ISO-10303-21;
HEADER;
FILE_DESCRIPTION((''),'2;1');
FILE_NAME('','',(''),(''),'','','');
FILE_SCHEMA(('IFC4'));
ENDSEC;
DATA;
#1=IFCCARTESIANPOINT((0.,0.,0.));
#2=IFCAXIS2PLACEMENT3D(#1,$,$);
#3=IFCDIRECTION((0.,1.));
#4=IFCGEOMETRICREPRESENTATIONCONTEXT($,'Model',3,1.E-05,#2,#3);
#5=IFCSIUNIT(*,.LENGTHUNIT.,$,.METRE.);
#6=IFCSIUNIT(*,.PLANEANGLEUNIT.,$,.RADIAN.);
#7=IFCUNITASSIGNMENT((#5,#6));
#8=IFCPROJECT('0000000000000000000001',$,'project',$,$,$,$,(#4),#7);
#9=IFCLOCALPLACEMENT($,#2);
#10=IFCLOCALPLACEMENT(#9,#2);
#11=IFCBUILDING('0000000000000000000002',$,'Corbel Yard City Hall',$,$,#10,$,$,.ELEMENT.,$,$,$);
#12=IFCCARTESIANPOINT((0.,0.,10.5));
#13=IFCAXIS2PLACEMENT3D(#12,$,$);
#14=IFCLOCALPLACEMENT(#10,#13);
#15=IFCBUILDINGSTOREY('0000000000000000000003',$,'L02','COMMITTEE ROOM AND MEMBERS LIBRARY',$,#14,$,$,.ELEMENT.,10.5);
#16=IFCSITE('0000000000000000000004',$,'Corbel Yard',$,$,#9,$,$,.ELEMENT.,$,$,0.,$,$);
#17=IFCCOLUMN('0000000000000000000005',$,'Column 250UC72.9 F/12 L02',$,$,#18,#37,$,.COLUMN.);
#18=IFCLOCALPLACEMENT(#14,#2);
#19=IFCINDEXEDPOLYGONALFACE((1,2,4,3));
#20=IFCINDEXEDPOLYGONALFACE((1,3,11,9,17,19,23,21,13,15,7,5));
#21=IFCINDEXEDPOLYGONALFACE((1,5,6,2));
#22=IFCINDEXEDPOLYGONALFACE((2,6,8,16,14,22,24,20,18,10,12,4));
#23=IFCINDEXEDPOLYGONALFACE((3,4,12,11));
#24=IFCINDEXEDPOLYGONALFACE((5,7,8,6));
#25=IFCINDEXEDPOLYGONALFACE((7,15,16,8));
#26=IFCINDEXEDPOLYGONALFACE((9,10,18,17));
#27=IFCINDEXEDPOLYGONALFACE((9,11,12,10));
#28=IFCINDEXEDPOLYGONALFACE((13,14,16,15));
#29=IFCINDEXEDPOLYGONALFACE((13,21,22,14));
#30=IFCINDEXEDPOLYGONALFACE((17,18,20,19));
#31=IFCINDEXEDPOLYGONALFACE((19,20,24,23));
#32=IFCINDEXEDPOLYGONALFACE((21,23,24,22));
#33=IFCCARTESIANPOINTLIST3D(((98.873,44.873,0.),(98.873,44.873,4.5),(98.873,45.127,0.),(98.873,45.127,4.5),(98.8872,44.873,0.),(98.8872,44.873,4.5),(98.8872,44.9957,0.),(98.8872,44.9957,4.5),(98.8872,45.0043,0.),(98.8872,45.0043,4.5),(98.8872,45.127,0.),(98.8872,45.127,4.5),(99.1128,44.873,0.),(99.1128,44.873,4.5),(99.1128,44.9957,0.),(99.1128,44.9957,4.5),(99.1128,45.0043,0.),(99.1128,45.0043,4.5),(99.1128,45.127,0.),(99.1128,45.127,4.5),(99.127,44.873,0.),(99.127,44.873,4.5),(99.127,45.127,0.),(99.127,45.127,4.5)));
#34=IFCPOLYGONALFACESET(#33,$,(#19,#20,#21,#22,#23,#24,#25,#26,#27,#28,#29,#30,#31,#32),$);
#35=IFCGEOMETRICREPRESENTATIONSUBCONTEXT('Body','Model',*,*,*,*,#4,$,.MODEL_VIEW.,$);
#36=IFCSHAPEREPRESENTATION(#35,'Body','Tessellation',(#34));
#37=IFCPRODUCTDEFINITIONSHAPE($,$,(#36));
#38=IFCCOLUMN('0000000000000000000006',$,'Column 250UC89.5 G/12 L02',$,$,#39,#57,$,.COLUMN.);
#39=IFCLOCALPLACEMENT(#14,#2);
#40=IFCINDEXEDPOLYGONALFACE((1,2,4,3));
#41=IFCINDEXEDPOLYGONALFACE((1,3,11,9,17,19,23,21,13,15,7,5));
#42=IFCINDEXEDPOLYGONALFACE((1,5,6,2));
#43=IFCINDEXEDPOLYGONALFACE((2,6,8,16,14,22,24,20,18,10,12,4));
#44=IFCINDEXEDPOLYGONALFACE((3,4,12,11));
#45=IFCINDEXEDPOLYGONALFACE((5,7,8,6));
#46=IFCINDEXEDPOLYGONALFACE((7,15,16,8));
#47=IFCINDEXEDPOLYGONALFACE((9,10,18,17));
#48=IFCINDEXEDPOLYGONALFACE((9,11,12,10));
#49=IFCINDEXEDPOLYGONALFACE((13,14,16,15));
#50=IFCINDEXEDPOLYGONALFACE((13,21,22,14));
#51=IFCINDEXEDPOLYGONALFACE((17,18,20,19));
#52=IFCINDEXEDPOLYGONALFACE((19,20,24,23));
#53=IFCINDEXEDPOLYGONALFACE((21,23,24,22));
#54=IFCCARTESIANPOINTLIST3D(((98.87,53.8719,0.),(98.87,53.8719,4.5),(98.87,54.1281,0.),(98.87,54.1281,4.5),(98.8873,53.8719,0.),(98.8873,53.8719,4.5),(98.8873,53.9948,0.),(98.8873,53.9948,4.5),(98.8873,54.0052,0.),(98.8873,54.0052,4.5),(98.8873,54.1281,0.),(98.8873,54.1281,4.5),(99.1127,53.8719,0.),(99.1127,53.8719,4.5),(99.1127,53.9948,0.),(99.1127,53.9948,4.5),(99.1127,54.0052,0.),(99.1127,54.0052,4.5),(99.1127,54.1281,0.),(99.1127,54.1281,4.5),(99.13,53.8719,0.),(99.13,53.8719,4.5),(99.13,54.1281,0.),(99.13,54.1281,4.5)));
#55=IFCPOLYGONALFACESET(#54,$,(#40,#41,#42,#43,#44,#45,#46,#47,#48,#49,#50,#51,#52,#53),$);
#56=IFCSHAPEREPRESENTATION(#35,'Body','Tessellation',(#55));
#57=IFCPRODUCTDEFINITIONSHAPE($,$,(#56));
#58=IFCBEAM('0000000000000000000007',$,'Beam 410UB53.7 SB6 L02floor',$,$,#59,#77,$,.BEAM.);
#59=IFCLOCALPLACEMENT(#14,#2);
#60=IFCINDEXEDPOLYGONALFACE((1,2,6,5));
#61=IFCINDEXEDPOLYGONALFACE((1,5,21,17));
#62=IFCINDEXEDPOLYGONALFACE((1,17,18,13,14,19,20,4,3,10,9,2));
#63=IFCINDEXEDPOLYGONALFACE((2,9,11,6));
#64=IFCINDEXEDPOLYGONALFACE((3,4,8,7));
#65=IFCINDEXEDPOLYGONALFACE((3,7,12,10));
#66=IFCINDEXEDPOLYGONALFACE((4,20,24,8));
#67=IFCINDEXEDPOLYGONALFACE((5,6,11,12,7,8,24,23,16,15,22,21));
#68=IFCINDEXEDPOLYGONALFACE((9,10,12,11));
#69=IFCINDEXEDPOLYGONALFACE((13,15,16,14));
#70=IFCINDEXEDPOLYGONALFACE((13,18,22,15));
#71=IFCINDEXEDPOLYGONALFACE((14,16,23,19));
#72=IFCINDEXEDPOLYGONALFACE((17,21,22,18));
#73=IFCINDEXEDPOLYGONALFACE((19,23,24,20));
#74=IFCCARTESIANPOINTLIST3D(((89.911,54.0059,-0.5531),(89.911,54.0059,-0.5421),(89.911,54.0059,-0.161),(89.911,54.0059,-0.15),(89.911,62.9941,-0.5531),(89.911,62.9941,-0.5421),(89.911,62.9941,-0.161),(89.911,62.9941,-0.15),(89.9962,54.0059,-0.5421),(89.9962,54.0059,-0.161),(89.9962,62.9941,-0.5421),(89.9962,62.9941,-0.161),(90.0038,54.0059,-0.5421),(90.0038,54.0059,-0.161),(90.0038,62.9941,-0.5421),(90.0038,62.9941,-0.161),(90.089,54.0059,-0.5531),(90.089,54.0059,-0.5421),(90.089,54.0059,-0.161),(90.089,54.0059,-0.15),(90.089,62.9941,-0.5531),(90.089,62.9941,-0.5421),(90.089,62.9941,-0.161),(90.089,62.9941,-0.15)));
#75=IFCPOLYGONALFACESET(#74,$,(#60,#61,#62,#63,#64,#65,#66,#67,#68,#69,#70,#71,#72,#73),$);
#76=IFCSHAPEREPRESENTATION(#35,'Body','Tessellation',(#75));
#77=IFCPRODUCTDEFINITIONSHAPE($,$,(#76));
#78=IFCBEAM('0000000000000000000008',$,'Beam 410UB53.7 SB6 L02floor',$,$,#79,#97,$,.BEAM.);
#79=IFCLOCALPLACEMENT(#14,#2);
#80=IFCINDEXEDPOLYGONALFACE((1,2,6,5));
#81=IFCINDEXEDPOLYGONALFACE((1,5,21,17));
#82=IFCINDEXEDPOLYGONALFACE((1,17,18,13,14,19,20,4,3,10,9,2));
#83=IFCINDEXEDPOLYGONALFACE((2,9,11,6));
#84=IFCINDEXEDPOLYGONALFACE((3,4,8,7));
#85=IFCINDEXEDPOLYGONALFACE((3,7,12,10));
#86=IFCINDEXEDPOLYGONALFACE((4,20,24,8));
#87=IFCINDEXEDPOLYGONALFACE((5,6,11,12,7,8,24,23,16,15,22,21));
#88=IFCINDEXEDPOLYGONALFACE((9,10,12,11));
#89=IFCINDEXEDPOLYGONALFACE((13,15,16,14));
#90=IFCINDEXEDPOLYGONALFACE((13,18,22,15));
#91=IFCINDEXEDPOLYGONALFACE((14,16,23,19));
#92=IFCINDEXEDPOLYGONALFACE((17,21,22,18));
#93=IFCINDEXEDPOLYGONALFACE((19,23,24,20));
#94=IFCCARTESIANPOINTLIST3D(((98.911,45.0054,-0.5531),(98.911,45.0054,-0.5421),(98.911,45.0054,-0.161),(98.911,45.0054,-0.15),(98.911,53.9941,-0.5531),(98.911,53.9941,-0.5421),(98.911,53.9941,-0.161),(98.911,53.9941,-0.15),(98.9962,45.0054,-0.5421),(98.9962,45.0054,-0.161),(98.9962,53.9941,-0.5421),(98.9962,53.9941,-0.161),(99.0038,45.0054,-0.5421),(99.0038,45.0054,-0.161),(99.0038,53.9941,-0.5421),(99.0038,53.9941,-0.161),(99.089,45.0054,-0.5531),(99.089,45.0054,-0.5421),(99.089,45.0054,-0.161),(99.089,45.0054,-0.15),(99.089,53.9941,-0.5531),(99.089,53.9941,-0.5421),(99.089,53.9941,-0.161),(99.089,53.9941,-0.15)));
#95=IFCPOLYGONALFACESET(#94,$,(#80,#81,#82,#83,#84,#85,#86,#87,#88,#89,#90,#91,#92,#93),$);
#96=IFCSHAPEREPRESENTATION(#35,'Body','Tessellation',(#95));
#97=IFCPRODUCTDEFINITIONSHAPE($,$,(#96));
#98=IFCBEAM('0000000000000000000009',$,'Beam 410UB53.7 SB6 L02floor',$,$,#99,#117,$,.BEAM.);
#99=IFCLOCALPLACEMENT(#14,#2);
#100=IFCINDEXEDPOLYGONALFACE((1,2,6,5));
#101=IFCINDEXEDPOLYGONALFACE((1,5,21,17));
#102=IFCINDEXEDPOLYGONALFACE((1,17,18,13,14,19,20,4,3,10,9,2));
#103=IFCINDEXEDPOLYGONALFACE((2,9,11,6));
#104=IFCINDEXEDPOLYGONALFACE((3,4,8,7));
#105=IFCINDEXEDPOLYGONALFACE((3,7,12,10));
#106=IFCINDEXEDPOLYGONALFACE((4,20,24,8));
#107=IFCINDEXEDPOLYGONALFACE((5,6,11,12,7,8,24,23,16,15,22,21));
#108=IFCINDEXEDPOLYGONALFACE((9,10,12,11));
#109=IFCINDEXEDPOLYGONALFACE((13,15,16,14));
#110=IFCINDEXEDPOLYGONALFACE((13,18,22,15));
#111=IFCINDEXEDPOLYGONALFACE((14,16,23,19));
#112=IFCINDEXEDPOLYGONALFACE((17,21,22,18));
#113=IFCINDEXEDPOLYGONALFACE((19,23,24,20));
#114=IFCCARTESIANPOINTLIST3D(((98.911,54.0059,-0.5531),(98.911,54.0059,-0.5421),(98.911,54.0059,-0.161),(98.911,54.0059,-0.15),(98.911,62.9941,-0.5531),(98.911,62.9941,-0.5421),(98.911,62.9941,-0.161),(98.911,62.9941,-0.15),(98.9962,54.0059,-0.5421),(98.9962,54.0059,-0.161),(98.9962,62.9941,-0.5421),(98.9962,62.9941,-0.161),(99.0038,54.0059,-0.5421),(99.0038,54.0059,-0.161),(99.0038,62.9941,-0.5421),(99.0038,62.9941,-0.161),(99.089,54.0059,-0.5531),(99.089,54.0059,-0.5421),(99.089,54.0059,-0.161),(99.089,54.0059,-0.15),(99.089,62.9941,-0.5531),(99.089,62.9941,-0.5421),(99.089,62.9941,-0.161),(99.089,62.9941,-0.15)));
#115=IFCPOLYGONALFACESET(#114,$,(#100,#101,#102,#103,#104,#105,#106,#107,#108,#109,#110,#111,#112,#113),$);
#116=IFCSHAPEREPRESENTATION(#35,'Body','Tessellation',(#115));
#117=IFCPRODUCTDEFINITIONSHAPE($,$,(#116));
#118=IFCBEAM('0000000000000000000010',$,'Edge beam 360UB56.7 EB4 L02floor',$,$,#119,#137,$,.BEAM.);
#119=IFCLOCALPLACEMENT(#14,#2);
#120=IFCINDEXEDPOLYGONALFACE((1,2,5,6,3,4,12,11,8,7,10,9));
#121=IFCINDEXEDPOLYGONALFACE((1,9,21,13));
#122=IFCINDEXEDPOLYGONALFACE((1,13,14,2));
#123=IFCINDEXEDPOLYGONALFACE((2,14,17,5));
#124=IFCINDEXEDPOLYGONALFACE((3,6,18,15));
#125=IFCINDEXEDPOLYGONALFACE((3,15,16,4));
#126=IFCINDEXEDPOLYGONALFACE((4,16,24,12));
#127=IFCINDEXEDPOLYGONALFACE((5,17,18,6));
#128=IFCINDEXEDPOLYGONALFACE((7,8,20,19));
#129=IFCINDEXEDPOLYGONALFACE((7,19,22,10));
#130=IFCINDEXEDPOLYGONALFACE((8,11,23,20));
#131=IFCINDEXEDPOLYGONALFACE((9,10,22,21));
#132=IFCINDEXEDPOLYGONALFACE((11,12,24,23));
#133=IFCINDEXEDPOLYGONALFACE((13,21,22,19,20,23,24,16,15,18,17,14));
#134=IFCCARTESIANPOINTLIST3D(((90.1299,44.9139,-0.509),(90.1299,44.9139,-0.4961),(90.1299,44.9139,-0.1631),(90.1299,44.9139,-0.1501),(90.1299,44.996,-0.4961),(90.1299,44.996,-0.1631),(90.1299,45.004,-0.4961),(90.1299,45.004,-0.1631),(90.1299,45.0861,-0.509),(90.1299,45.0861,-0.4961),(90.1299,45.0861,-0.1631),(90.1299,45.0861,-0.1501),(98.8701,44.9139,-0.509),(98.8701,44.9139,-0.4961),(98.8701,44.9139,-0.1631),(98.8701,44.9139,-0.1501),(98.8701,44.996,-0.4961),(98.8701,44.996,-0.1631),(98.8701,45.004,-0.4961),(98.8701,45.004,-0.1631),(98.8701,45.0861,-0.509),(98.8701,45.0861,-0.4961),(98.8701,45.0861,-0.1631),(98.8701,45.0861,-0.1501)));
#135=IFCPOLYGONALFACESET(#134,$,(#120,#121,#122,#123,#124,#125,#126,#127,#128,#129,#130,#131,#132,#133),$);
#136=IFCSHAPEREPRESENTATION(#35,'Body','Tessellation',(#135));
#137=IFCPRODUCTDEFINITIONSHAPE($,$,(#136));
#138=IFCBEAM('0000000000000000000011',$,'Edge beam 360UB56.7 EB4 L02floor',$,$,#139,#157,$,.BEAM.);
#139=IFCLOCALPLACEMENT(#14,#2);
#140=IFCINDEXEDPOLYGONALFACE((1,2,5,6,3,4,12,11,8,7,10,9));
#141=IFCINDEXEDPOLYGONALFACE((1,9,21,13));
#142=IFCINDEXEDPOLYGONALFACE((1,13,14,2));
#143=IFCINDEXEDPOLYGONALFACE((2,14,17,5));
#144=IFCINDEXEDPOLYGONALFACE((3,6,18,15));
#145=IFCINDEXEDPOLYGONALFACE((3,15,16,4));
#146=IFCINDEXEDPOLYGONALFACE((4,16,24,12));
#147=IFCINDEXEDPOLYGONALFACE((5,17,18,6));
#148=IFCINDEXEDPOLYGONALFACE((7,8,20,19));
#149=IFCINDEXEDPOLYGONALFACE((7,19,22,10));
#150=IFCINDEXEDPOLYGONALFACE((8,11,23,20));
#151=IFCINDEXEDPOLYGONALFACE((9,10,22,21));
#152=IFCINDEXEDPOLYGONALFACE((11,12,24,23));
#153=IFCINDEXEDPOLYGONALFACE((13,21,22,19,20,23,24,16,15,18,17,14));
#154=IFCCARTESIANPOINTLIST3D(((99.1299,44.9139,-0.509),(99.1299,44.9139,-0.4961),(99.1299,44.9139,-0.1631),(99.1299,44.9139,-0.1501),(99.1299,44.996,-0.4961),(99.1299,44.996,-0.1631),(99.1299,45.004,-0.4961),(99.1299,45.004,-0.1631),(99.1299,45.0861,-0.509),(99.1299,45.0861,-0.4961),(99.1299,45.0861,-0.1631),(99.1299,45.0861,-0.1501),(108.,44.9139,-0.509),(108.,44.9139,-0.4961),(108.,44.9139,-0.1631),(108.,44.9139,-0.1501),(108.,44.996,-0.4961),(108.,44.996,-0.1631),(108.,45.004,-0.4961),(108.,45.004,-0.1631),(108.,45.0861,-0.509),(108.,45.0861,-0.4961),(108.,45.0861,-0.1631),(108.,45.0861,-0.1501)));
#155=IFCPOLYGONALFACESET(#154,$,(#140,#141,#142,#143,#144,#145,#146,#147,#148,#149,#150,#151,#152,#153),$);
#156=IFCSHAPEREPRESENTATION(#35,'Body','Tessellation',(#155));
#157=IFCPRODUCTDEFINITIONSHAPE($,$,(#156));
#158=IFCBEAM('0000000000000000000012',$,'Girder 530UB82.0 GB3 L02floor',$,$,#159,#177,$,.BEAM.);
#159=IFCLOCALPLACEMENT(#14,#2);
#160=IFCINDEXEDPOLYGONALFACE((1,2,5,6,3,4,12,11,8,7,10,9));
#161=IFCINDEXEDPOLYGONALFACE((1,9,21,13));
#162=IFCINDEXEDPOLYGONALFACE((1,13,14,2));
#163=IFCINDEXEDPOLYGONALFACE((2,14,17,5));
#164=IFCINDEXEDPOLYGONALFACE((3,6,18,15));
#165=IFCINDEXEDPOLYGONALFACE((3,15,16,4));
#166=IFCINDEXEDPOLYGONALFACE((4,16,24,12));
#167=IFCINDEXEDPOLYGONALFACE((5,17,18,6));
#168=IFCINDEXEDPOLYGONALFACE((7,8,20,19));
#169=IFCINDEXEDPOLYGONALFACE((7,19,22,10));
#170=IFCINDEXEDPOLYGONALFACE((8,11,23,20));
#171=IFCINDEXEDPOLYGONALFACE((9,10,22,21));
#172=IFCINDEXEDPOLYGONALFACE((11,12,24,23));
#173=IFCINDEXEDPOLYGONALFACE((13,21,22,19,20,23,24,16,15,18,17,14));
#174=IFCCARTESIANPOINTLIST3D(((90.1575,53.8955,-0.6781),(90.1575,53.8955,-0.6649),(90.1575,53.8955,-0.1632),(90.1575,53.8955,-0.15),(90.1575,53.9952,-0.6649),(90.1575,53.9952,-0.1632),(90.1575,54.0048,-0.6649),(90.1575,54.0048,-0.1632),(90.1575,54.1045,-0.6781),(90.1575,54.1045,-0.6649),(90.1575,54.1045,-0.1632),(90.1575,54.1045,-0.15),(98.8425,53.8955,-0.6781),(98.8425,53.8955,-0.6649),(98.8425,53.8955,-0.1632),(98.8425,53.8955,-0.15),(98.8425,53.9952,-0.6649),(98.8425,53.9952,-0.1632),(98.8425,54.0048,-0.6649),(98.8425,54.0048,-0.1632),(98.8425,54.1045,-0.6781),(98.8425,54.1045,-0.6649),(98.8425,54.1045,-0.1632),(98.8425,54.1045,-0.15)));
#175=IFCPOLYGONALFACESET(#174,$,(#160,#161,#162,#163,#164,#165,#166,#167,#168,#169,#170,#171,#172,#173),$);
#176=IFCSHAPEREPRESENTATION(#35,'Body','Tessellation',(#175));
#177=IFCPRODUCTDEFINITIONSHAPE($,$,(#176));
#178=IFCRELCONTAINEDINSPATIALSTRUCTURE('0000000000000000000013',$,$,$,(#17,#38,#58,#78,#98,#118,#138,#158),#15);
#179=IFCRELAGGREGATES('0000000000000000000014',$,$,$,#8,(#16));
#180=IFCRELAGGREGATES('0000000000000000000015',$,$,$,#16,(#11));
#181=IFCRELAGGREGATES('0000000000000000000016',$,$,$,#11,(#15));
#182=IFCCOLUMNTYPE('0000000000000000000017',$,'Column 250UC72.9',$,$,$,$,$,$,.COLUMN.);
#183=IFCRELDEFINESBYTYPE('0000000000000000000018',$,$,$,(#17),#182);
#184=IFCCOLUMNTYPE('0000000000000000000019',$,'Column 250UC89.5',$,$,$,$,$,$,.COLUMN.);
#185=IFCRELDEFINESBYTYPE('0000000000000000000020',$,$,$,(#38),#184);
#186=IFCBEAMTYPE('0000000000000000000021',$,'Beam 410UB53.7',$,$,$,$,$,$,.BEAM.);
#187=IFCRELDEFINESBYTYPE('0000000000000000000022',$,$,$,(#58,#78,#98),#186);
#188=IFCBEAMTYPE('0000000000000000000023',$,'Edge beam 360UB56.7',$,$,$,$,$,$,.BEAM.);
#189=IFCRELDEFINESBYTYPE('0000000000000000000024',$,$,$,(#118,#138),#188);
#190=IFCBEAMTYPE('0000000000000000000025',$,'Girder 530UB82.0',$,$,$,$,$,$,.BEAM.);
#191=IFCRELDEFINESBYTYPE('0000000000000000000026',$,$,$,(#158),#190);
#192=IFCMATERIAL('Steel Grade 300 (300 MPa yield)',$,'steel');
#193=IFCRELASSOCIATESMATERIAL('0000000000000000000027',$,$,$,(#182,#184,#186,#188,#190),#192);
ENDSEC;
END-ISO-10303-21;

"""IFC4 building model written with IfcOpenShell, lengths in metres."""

from ifc_helpers import new_model, si_unit, direction, frame, origin, origin_2d, place, context, subcontext, project, spatial, i_section, extrude, material, material_profile, profile_set, type_object, element, save


model = new_model("IFC4")

# Units and contexts
model_context = context("Model", 3, precision=1e-05, world=origin(), true_north=direction((0.0, 1.0)))
body_context = subcontext(model_context, "Body", "Model", "MODEL_VIEW")
ifc_project = project(units=[si_unit("LENGTHUNIT", "METRE"), si_unit("PLANEANGLEUNIT", "RADIAN")], contexts=[model_context])

# Site, building, storey
site_placement = place(None, origin())
site = spatial("IfcSite", under=ifc_project, at=site_placement, Name="Corbel Yard", CompositionType="ELEMENT", RefElevation=0.0)
building_placement = place(site_placement, origin())
building = spatial("IfcBuilding", under=site, at=building_placement, Name="Corbel Yard City Hall", CompositionType="ELEMENT")
storey_placement = place(building_placement, frame((0.0, 0.0, 10.5)))
storey = spatial("IfcBuildingStorey", under=building, at=storey_placement, Name="L02", Description="COMMITTEE ROOM AND MEMBERS LIBRARY", CompositionType="ELEMENT", Elevation=10.5)

# Columns
ifc_material_1 = material(Name="Steel Grade 300 (300 MPa yield)", Category="steel")
ifc_material_profile_1 = material_profile(ifc_material_1, i_section(OverallWidth=0.2539, OverallDepth=0.2539, WebThickness=0.0085, FlangeThickness=0.0142, at=origin_2d()), Name="250UC72.9")
ifc_profile_set_1 = profile_set([ifc_material_profile_1], Name="Steel Grade 300 (300 MPa yield)")
column_type_1 = type_object("IfcColumnType", Name="Column 250UC72.9", PredefinedType="COLUMN", material=ifc_profile_set_1)
column_1_placement = place(storey_placement, frame((99.0, 45.0, 0.0), z_axis=(0.0, 0.0, 1.0), x_axis=(0.0, 1.0, 0.0)))
element("IfcColumn", 1, at=column_1_placement, inside=storey, type_object=column_type_1, Name="Column 250UC72.9 F/12 L02", PredefinedType="COLUMN", context=body_context, shape_type="SweptSolid", body=[
    extrude(i_section(OverallWidth=0.2539, OverallDepth=0.2539, WebThickness=0.0085, FlangeThickness=0.0142, at=origin_2d()), origin(), (0.0, 0.0, 1.0), 4.5),
])
ifc_material_profile_2 = material_profile(ifc_material_1, i_section(OverallWidth=0.2561, OverallDepth=0.26, WebThickness=0.0105, FlangeThickness=0.0173, at=origin_2d()), Name="250UC89.5")
ifc_profile_set_2 = profile_set([ifc_material_profile_2], Name="Steel Grade 300 (300 MPa yield)")
column_type_2 = type_object("IfcColumnType", Name="Column 250UC89.5", PredefinedType="COLUMN", material=ifc_profile_set_2)
column_2_placement = place(storey_placement, frame((99.0, 54.0, 0.0), z_axis=(0.0, 0.0, 1.0), x_axis=(0.0, 1.0, 0.0)))
element("IfcColumn", 2, at=column_2_placement, inside=storey, type_object=column_type_2, Name="Column 250UC89.5 G/12 L02", PredefinedType="COLUMN", context=body_context, shape_type="SweptSolid", body=[
    extrude(i_section(OverallWidth=0.2561, OverallDepth=0.26, WebThickness=0.0105, FlangeThickness=0.0173, at=origin_2d()), origin(), (0.0, 0.0, 1.0), 4.5),
])

# Beams
ifc_material_profile_3 = material_profile(ifc_material_1, i_section(OverallWidth=0.178, OverallDepth=0.4031, WebThickness=0.0076, FlangeThickness=0.011, at=origin_2d()), Name="410UB53.7")
ifc_profile_set_3 = profile_set([ifc_material_profile_3], Name="Steel Grade 300 (300 MPa yield)")
beam_type_1 = type_object("IfcBeamType", Name="Beam 410UB53.7", PredefinedType="BEAM", material=ifc_profile_set_3)
beam_1_placement = place(storey_placement, frame((90.0, 54.0059, -0.3516), z_axis=(0.0, 1.0, 0.0), x_axis=(-1.0, 0.0, 0.0)))
element("IfcBeam", 3, at=beam_1_placement, inside=storey, type_object=beam_type_1, Name="Beam 410UB53.7 SB6 L02floor", PredefinedType="BEAM", context=body_context, shape_type="SweptSolid", body=[
    extrude(i_section(OverallWidth=0.178, OverallDepth=0.4031, WebThickness=0.0076, FlangeThickness=0.011, at=origin_2d()), origin(), (0.0, 0.0, 1.0), 8.9883),
])
beam_2_placement = place(storey_placement, frame((99.0, 45.0054, -0.3516), z_axis=(0.0, 1.0, 0.0), x_axis=(-1.0, 0.0, 0.0)))
element("IfcBeam", 4, at=beam_2_placement, inside=storey, type_object=beam_type_1, Name="Beam 410UB53.7 SB6 L02floor", PredefinedType="BEAM", context=body_context, shape_type="SweptSolid", body=[
    extrude(i_section(OverallWidth=0.178, OverallDepth=0.4031, WebThickness=0.0076, FlangeThickness=0.011, at=origin_2d()), origin(), (0.0, 0.0, 1.0), 8.9888),
])
beam_3_placement = place(storey_placement, frame((99.0, 54.0059, -0.3516), z_axis=(0.0, 1.0, 0.0), x_axis=(-1.0, 0.0, 0.0)))
element("IfcBeam", 5, at=beam_3_placement, inside=storey, type_object=beam_type_1, Name="Beam 410UB53.7 SB6 L02floor", PredefinedType="BEAM", context=body_context, shape_type="SweptSolid", body=[
    extrude(i_section(OverallWidth=0.178, OverallDepth=0.4031, WebThickness=0.0076, FlangeThickness=0.011, at=origin_2d()), origin(), (0.0, 0.0, 1.0), 8.9883),
])
ifc_material_profile_4 = material_profile(ifc_material_1, i_section(OverallWidth=0.1721, OverallDepth=0.3589, WebThickness=0.0081, FlangeThickness=0.0129, at=origin_2d()), Name="360UB56.7")
ifc_profile_set_4 = profile_set([ifc_material_profile_4], Name="Steel Grade 300 (300 MPa yield)")
beam_type_2 = type_object("IfcBeamType", Name="Edge beam 360UB56.7", PredefinedType="BEAM", material=ifc_profile_set_4)
beam_4_placement = place(storey_placement, frame((90.1299, 45.0, -0.3296), z_axis=(1.0, 0.0, 0.0), x_axis=(0.0, 1.0, 0.0)))
element("IfcBeam", 6, at=beam_4_placement, inside=storey, type_object=beam_type_2, Name="Edge beam 360UB56.7 EB4 L02floor", PredefinedType="BEAM", context=body_context, shape_type="SweptSolid", body=[
    extrude(i_section(OverallWidth=0.1721, OverallDepth=0.3589, WebThickness=0.0081, FlangeThickness=0.0129, at=origin_2d()), origin(), (0.0, 0.0, 1.0), 8.7402),
])
beam_5_placement = place(storey_placement, frame((99.1299, 45.0, -0.3296), z_axis=(1.0, 0.0, 0.0), x_axis=(0.0, 1.0, 0.0)))
element("IfcBeam", 7, at=beam_5_placement, inside=storey, type_object=beam_type_2, Name="Edge beam 360UB56.7 EB4 L02floor", PredefinedType="BEAM", context=body_context, shape_type="SweptSolid", body=[
    extrude(i_section(OverallWidth=0.1721, OverallDepth=0.3589, WebThickness=0.0081, FlangeThickness=0.0129, at=origin_2d()), origin(), (0.0, 0.0, 1.0), 8.8701),
])
ifc_material_profile_5 = material_profile(ifc_material_1, i_section(OverallWidth=0.209, OverallDepth=0.5281, WebThickness=0.0095, FlangeThickness=0.0132, at=origin_2d()), Name="530UB82.0")
ifc_profile_set_5 = profile_set([ifc_material_profile_5], Name="Steel Grade 300 (300 MPa yield)")
beam_type_3 = type_object("IfcBeamType", Name="Girder 530UB82.0", PredefinedType="BEAM", material=ifc_profile_set_5)
beam_6_placement = place(storey_placement, frame((90.1575, 54.0, -0.4141), z_axis=(1.0, 0.0, 0.0), x_axis=(0.0, 1.0, 0.0)))
element("IfcBeam", 8, at=beam_6_placement, inside=storey, type_object=beam_type_3, Name="Girder 530UB82.0 GB3 L02floor", PredefinedType="BEAM", context=body_context, shape_type="SweptSolid", body=[
    extrude(i_section(OverallWidth=0.209, OverallDepth=0.5281, WebThickness=0.0095, FlangeThickness=0.0132, at=origin_2d()), origin(), (0.0, 0.0, 1.0), 8.6851),
])

save(model, "model.ifc")
